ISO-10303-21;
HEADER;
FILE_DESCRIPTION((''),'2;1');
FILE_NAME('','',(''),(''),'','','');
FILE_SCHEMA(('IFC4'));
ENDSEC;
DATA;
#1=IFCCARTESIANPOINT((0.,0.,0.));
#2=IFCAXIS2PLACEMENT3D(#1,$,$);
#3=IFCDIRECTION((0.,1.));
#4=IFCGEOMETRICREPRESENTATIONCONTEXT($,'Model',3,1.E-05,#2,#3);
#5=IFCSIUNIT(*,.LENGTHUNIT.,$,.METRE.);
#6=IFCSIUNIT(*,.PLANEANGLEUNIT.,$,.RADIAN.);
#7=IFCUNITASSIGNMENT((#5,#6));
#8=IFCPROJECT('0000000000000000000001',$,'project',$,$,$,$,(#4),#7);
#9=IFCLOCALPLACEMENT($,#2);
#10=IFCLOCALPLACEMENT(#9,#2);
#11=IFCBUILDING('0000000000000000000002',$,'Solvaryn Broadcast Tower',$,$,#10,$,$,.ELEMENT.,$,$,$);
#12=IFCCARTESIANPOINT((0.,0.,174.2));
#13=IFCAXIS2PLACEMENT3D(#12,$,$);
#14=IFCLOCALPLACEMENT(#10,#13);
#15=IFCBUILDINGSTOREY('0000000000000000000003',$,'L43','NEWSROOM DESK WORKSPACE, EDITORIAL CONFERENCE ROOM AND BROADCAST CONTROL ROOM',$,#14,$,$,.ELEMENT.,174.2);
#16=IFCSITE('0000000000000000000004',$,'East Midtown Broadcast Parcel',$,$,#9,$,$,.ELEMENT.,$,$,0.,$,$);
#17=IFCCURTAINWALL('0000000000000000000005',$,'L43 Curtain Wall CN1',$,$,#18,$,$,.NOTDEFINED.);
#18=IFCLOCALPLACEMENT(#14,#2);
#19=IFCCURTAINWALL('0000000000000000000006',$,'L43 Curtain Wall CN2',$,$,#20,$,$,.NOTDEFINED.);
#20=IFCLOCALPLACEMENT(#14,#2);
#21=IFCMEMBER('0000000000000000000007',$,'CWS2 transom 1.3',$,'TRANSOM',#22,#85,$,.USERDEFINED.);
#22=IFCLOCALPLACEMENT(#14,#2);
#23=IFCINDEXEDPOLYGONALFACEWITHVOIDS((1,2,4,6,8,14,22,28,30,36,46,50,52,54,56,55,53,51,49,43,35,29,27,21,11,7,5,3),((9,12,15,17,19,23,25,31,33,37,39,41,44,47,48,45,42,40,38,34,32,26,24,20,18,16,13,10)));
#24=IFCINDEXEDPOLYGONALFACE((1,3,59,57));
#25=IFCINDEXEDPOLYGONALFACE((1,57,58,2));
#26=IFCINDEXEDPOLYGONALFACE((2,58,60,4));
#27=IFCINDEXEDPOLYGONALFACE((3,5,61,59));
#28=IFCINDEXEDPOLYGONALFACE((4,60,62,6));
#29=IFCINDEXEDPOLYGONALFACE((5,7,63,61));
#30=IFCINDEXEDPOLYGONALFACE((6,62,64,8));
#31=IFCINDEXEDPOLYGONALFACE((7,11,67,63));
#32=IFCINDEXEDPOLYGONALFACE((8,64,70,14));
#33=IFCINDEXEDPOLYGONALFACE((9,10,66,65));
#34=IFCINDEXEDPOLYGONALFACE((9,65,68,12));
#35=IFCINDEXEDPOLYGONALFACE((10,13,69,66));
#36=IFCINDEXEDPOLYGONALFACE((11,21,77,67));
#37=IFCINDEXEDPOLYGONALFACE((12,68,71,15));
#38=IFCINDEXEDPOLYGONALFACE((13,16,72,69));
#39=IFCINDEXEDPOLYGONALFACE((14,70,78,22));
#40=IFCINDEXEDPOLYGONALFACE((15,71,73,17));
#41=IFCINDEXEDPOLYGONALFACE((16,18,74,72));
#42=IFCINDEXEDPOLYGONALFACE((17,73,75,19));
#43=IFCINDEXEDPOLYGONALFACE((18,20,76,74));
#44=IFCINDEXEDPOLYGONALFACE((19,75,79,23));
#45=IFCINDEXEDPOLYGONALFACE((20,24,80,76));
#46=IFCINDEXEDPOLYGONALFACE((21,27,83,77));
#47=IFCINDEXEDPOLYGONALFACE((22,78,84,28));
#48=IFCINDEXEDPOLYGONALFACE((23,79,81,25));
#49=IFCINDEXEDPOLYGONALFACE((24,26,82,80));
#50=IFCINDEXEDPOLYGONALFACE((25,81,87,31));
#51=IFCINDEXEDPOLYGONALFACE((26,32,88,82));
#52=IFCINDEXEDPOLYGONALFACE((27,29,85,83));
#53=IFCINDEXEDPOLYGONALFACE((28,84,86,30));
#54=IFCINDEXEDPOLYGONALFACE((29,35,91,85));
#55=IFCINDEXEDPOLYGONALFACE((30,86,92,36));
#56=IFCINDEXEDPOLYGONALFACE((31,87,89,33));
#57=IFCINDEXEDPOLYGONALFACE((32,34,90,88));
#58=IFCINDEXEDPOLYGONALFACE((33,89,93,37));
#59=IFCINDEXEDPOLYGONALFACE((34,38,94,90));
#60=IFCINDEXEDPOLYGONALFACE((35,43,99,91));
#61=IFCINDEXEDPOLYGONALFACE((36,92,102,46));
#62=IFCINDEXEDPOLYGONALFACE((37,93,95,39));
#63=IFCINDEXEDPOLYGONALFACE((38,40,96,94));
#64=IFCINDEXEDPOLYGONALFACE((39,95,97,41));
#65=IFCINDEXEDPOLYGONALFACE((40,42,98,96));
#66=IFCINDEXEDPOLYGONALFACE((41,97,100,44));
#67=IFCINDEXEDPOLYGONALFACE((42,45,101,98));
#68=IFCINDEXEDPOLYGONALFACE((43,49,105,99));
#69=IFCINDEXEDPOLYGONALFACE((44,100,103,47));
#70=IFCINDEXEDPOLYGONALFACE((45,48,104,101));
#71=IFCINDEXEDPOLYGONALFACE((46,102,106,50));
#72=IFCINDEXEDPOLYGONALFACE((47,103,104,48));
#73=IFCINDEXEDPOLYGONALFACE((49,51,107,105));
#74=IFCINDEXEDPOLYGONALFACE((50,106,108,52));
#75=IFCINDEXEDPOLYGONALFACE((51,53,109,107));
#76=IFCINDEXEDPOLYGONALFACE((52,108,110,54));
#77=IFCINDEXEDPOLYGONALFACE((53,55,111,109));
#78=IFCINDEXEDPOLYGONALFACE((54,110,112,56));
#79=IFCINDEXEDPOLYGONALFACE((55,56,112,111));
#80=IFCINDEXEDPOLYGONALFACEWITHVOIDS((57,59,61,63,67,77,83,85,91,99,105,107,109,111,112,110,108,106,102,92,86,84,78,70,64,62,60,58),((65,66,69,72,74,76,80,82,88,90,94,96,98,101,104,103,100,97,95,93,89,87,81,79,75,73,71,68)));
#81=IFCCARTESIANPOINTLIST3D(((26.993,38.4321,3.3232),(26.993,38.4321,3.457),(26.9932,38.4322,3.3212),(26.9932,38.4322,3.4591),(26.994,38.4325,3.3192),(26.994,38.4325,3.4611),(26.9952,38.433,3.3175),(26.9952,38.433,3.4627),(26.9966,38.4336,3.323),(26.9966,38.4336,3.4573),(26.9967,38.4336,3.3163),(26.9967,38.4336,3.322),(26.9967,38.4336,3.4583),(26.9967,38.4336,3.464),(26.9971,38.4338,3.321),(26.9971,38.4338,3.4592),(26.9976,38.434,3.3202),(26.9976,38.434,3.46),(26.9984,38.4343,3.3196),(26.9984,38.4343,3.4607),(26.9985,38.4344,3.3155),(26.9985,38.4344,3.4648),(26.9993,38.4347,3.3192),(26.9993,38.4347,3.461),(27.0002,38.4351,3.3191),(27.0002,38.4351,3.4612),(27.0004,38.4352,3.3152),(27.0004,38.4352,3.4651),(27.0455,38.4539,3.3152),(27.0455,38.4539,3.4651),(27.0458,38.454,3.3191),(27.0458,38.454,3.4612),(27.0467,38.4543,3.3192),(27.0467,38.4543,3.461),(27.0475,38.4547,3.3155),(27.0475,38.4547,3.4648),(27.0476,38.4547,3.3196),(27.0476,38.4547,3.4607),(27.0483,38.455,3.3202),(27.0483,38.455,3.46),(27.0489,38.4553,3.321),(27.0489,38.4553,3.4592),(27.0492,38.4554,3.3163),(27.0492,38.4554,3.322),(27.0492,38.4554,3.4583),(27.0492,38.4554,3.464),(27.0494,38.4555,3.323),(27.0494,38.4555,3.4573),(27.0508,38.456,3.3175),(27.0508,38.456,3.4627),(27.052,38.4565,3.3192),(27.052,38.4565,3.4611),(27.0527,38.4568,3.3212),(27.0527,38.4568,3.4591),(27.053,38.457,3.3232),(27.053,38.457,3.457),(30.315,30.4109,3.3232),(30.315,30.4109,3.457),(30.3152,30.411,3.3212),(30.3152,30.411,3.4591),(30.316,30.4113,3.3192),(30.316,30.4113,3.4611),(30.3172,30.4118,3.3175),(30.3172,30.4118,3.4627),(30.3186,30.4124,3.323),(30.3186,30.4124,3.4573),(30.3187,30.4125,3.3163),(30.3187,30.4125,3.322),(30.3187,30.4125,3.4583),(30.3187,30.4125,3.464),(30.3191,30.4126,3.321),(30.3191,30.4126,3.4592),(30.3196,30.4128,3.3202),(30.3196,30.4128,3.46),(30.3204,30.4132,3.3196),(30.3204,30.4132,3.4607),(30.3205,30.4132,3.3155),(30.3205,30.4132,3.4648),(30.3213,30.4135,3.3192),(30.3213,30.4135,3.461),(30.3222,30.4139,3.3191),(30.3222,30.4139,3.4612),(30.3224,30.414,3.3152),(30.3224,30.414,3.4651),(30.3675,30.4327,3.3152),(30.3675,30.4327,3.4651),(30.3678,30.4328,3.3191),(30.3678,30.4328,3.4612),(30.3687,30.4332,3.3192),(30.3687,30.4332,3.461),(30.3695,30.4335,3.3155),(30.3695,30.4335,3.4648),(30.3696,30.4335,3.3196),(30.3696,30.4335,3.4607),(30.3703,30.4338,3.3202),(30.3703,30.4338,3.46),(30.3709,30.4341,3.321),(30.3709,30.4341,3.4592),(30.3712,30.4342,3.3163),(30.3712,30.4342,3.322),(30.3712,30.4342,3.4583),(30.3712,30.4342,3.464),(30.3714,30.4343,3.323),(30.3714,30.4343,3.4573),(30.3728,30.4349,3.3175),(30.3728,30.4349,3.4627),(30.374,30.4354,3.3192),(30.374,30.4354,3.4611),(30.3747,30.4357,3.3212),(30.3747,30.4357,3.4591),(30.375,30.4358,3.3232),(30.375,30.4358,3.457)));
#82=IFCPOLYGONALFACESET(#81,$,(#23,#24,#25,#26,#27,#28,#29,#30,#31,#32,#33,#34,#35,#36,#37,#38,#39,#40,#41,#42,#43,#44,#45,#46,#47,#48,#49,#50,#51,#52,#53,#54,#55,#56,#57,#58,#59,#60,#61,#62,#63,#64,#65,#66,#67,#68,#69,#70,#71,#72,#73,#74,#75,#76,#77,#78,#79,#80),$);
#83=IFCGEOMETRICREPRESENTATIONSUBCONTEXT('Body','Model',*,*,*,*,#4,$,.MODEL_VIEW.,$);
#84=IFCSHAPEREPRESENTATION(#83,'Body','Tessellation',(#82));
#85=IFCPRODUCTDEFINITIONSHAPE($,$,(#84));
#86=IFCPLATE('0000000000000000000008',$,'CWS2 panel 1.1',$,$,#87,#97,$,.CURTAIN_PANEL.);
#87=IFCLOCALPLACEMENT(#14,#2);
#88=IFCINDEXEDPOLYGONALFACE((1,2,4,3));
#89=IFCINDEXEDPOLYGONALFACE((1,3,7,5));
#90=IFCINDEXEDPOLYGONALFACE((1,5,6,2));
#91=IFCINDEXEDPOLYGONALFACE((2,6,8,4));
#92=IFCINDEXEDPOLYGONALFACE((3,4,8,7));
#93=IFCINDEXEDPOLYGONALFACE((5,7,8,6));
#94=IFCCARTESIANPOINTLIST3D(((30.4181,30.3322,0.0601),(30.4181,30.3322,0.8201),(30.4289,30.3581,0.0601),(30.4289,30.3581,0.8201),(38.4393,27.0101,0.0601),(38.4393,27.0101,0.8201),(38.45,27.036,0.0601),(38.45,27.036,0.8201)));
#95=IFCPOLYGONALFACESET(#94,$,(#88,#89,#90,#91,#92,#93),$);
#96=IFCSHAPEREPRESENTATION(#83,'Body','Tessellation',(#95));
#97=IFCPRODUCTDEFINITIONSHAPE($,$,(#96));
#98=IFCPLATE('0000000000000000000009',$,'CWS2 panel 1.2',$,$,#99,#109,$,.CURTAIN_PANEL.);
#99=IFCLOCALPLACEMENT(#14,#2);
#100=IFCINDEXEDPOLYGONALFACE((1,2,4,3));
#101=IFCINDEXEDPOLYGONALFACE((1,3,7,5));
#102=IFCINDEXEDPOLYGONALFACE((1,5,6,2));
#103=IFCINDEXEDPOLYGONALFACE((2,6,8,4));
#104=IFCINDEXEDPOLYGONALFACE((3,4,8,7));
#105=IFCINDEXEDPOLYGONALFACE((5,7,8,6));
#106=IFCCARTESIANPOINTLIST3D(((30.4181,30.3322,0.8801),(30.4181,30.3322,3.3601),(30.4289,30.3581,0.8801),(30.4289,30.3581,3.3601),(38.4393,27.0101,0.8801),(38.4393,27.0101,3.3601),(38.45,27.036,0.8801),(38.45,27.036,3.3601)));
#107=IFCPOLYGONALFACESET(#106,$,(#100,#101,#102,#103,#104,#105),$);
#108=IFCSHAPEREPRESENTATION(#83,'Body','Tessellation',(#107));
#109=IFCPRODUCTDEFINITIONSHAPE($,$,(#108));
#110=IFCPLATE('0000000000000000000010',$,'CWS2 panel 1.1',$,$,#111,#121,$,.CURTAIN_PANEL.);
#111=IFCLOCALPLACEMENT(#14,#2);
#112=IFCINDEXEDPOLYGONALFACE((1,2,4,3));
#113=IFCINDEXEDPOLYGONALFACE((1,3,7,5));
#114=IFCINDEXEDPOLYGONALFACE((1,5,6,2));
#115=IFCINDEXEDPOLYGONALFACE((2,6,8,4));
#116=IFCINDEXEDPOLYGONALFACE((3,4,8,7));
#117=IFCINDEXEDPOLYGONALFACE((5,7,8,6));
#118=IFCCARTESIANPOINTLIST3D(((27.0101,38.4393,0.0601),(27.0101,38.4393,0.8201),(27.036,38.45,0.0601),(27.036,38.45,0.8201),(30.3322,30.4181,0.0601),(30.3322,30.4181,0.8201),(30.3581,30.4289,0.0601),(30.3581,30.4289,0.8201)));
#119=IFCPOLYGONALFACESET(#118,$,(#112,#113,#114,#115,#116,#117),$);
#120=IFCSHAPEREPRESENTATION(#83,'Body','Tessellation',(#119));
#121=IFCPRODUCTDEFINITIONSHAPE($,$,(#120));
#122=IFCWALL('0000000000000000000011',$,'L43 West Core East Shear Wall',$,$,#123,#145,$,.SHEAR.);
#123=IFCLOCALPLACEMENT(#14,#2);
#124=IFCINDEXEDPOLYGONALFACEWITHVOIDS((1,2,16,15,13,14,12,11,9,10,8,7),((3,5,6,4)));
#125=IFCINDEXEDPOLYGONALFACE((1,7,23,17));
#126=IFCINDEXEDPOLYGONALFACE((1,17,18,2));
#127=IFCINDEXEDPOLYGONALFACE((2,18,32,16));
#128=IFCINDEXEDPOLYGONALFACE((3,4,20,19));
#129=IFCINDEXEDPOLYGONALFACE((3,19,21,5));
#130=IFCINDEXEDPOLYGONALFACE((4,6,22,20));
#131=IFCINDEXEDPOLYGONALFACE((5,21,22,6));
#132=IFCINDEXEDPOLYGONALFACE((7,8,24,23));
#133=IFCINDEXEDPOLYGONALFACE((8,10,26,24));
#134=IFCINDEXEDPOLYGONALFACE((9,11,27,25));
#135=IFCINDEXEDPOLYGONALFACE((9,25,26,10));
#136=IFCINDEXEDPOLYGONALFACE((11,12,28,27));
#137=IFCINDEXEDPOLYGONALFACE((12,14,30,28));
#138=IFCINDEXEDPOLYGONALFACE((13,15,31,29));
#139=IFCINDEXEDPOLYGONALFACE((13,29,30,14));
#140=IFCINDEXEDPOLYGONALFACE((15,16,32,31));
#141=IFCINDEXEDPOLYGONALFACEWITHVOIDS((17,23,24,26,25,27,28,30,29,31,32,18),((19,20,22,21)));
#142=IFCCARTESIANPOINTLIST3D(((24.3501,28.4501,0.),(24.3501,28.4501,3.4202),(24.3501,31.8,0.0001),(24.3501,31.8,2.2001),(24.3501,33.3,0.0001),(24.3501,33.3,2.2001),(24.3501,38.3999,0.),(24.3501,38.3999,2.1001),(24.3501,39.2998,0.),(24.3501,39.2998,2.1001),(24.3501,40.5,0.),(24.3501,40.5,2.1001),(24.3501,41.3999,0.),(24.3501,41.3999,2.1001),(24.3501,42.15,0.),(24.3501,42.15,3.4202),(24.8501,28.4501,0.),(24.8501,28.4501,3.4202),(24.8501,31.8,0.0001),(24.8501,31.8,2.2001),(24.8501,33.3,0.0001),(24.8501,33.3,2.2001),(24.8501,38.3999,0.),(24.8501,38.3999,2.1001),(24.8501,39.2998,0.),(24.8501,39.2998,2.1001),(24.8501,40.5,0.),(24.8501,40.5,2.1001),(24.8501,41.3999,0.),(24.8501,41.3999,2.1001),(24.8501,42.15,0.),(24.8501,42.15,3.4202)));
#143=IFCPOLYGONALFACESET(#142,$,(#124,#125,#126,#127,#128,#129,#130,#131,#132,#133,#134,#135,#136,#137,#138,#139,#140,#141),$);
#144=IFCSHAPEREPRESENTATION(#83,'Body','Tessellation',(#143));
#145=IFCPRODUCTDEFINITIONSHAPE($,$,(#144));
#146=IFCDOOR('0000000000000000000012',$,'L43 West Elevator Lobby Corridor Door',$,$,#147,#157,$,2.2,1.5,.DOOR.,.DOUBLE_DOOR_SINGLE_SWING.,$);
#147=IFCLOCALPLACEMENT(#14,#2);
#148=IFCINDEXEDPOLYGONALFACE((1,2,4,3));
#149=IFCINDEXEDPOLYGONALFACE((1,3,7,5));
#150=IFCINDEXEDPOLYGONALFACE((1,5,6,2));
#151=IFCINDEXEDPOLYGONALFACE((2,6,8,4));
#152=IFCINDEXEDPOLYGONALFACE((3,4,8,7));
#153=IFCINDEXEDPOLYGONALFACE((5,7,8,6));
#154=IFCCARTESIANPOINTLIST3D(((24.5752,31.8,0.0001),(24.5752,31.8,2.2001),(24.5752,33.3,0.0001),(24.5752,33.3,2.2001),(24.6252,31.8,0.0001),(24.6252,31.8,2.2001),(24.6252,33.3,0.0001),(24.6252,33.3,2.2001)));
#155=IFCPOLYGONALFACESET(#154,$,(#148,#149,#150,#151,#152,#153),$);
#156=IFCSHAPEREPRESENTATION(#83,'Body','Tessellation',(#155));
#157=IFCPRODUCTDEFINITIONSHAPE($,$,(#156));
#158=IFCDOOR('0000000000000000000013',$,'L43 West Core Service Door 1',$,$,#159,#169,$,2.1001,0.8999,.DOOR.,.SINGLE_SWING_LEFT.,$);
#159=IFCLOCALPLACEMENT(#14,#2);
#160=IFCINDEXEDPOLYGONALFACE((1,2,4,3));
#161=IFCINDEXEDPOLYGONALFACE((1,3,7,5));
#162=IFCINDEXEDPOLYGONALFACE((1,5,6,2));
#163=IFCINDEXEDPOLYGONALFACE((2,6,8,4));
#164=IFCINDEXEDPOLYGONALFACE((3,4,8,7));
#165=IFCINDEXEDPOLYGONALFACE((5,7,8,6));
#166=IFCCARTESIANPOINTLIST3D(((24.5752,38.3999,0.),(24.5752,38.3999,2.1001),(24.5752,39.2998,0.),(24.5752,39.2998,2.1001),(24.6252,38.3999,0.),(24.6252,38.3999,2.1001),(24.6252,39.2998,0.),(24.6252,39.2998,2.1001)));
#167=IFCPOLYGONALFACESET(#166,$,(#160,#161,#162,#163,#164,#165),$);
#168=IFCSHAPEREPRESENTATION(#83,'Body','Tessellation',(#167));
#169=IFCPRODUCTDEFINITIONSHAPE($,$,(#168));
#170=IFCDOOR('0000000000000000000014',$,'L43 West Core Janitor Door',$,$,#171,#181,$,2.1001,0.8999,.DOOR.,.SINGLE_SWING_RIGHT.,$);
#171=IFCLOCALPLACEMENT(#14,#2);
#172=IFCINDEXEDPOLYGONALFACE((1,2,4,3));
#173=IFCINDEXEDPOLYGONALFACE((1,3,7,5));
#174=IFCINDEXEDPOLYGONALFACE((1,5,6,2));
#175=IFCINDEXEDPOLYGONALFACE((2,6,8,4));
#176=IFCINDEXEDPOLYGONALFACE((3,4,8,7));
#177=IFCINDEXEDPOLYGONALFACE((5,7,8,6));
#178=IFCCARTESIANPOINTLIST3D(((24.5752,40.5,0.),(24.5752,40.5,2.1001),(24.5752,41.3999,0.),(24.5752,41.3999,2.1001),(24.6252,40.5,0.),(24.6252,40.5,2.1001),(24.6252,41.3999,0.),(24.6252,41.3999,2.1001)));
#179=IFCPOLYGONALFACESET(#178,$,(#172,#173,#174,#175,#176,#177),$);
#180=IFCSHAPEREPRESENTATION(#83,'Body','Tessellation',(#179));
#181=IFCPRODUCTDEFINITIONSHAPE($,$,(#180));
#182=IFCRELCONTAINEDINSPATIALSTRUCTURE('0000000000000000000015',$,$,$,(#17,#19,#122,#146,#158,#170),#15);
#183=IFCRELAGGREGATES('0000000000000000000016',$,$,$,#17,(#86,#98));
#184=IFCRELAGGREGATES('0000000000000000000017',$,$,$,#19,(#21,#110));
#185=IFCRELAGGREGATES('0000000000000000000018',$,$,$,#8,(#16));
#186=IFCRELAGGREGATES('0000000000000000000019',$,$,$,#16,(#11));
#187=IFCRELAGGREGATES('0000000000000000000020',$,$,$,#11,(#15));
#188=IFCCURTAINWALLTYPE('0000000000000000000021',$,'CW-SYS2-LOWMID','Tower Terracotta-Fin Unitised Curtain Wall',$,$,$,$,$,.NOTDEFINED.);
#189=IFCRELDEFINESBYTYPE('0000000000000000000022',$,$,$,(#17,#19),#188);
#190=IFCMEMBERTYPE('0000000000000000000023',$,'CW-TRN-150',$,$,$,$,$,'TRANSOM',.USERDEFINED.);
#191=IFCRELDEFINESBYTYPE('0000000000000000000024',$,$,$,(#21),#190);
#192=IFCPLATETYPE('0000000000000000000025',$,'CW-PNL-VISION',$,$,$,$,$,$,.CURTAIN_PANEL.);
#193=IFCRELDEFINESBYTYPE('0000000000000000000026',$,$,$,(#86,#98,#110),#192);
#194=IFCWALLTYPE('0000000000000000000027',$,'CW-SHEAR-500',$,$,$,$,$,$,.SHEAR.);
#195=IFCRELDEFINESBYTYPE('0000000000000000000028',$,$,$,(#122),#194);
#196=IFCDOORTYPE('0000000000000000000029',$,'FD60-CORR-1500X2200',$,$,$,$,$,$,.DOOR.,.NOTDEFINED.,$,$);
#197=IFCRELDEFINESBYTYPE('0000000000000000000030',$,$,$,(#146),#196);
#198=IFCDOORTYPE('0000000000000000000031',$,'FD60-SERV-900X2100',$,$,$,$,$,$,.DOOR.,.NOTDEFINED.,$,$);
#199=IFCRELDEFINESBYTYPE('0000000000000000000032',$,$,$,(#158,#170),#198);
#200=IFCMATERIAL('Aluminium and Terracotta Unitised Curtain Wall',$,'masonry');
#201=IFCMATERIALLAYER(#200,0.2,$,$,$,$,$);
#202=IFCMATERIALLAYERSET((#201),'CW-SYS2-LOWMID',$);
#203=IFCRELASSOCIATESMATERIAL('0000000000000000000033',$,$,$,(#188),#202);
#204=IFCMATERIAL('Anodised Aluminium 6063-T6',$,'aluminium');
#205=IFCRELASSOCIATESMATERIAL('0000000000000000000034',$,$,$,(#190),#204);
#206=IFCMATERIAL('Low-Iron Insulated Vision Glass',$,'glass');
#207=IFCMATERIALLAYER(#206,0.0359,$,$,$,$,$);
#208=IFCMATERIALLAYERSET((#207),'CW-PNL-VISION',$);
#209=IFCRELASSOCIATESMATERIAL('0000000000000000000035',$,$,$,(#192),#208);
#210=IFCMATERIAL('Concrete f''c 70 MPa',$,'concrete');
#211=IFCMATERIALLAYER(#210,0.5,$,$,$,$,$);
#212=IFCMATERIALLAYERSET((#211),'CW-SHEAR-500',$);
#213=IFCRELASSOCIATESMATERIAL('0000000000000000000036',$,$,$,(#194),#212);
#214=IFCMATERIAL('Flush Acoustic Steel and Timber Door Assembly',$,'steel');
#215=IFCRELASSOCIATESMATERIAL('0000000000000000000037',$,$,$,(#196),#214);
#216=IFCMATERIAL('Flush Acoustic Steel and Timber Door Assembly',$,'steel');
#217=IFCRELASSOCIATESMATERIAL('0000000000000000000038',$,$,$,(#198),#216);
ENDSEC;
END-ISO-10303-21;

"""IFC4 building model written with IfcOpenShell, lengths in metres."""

from ifc_helpers import new_model, si_unit, direction, frame, frame_2d, origin, origin_2d, place, context, subcontext, project, spatial, rectangle, hollow_rectangle, extrude, material, layer, layer_set, material_profile, profile_set, type_object, element, fill, aggregate, save


model = new_model("IFC4")

# Units and contexts
model_context = context("Model", 3, precision=1e-05, world=origin(), true_north=direction((0.0, 1.0)))
body_context = subcontext(model_context, "Body", "Model", "MODEL_VIEW")
ifc_project = project(units=[si_unit("LENGTHUNIT", "METRE"), si_unit("PLANEANGLEUNIT", "RADIAN")], contexts=[model_context])

# Site, building, storey
site_placement = place(None, origin())
site = spatial("IfcSite", under=ifc_project, at=site_placement, Name="East Midtown Broadcast Parcel", CompositionType="ELEMENT", RefElevation=0.0)
building_placement = place(site_placement, origin())
building = spatial("IfcBuilding", under=site, at=building_placement, Name="Solvaryn Broadcast Tower", CompositionType="ELEMENT")
storey_placement = place(building_placement, frame((0.0, 0.0, 174.2)))
storey = spatial("IfcBuildingStorey", under=building, at=storey_placement, Name="L43", Description="NEWSROOM DESK WORKSPACE, EDITORIAL CONFERENCE ROOM AND BROADCAST CONTROL ROOM", CompositionType="ELEMENT", Elevation=174.2)

# Curtain wall
ifc_material_1 = material(Name="Aluminium and Terracotta Unitised Curtain Wall", Category="masonry")
ifc_layer_1 = layer(ifc_material_1, 0.2)
ifc_layer_set_1 = layer_set([ifc_layer_1], Name="CW-SYS2-LOWMID")
curtain_wall_type = type_object("IfcCurtainWallType", Name="CW-SYS2-LOWMID", Description="Tower Terracotta-Fin Unitised Curtain Wall", PredefinedType="NOTDEFINED", material=ifc_layer_set_1)
curtain_wall_1_placement = place(storey_placement, origin())
curtain_wall_1 = element("IfcCurtainWall", 1, at=curtain_wall_1_placement, inside=storey, type_object=curtain_wall_type, Name="L43 Curtain Wall CN1", PredefinedType="NOTDEFINED")

# Curtain wall, member
curtain_wall_2_placement = place(storey_placement, origin())
curtain_wall_2 = element("IfcCurtainWall", 2, at=curtain_wall_2_placement, inside=storey, type_object=curtain_wall_type, Name="L43 Curtain Wall CN2", PredefinedType="NOTDEFINED")
ifc_material_2 = material(Name="Anodised Aluminium 6063-T6", Category="aluminium")
ifc_material_profile_1 = material_profile(ifc_material_2, hollow_rectangle(XDim=0.0649, YDim=0.1499, WallThickness=0.0039, InnerFilletRadius=0.0039, OuterFilletRadius=0.0081, at=origin_2d()))
ifc_profile_set_1 = profile_set([ifc_material_profile_1], Name="Anodised Aluminium 6063-T6")
member_type_1 = type_object("IfcMemberType", Name="CW-TRN-150", ElementType="TRANSOM", PredefinedType="USERDEFINED", material=ifc_profile_set_1)
member_1_placement = place(storey_placement, frame((30.345, 30.4233, 3.3901), z_axis=(-0.382636, 0.923899, 0.0), x_axis=(-0.923899, -0.382636, 0.0)))
member_1 = element("IfcMember", 3, at=member_1_placement, type_object=member_type_1, Name="CWS2 transom 1.3", ObjectType="TRANSOM", PredefinedType="USERDEFINED", context=body_context, shape_type="SweptSolid", body=[
    extrude(hollow_rectangle(XDim=0.0649, YDim=0.1499, WallThickness=0.0039, InnerFilletRadius=0.0039, OuterFilletRadius=0.0081, at=origin_2d()), origin(), (0.0, 0.0, 1.0), 8.6819),
])

# Plates
ifc_material_3 = material(Name="Low-Iron Insulated Vision Glass", Category="glass")
ifc_layer_2 = layer(ifc_material_3, 0.0359)
ifc_layer_set_2 = layer_set([ifc_layer_2], Name="CW-PNL-VISION")
plate_type = type_object("IfcPlateType", Name="CW-PNL-VISION", PredefinedType="CURTAIN_PANEL", material=ifc_layer_set_2)
plate_1_placement = place(storey_placement, frame((34.4341, 28.6841, 0.0601), z_axis=(0.0, 0.0, 1.0), x_axis=(-0.923895, 0.382646, 0.0)))
plate_1 = element("IfcPlate", 4, at=plate_1_placement, type_object=plate_type, Name="CWS2 panel 1.1", PredefinedType="CURTAIN_PANEL", context=body_context, shape_type="SweptSolid", body=[
    extrude(rectangle(XDim=8.6819, YDim=0.0281, at=origin_2d()), origin(), (0.0, 0.0, 1.0), 0.76),
])
plate_2_placement = place(storey_placement, frame((34.4341, 28.6841, 0.8801), z_axis=(0.0, 0.0, 1.0), x_axis=(-0.923895, 0.382646, 0.0)))
plate_2 = element("IfcPlate", 5, at=plate_2_placement, type_object=plate_type, Name="CWS2 panel 1.2", PredefinedType="CURTAIN_PANEL", context=body_context, shape_type="SweptSolid", body=[
    extrude(rectangle(XDim=8.6819, YDim=0.0281, at=origin_2d()), origin(), (0.0, 0.0, 1.0), 2.48),
])
aggregate(curtain_wall_1, [plate_1, plate_2])
plate_3_placement = place(storey_placement, frame((28.6841, 34.4341, 0.0601), z_axis=(0.0, 0.0, 1.0), x_axis=(-0.382646, 0.923895, 0.0)))
plate_3 = element("IfcPlate", 6, at=plate_3_placement, type_object=plate_type, Name="CWS2 panel 1.1", PredefinedType="CURTAIN_PANEL", context=body_context, shape_type="SweptSolid", body=[
    extrude(rectangle(XDim=8.6819, YDim=0.0281, at=origin_2d()), origin(), (0.0, 0.0, 1.0), 0.76),
])
aggregate(curtain_wall_2, [member_1, plate_3])

# Wall, openings, doors
ifc_material_4 = material(Name="Concrete f'c 70 MPa", Category="concrete")
ifc_layer_3 = layer(ifc_material_4, 0.5)
ifc_layer_set_3 = layer_set([ifc_layer_3], Name="CW-SHEAR-500")
wall_type_1 = type_object("IfcWallType", Name="CW-SHEAR-500", PredefinedType="SHEAR", material=ifc_layer_set_3)
wall_1_placement = place(storey_placement, frame((24.6001, 28.45, 0.0), z_axis=(0.0, 0.0, 1.0), x_axis=(0.0, 1.0, 0.0)))
wall_1 = element("IfcWall", 7, at=wall_1_placement, inside=storey, type_object=wall_type_1, Name="L43 West Core East Shear Wall", PredefinedType="SHEAR", context=body_context, shape_type="SweptSolid", body=[
    extrude(rectangle(XDim=13.7, YDim=0.5, at=frame_2d((6.8501, 0.0))), origin(), (0.0, 0.0, 1.0), 3.4202),
])
opening_1_placement = place(wall_1_placement, frame((3.3501, 0.0, 0.0)))
opening_1 = element("IfcOpeningElement", 8, at=opening_1_placement, cuts=wall_1, PredefinedType="OPENING", context=body_context, shape_type="SweptSolid", body=[
    extrude(rectangle(XDim=1.5, YDim=2.2, at=frame_2d((0.75, 1.1001))), frame((0.0, 0.26, 0.0), z_axis=(0.0, -1.0, 0.0), x_axis=(1.0, 0.0, 0.0)), (0.0, 0.0, 1.0), 0.52),
])
opening_2_placement = place(wall_1_placement, frame((9.95, 0.0, 0.0)))
opening_2 = element("IfcOpeningElement", 9, at=opening_2_placement, cuts=wall_1, PredefinedType="OPENING", context=body_context, shape_type="SweptSolid", body=[
    extrude(rectangle(XDim=0.8999, YDim=2.1001, at=frame_2d((0.45, 1.05))), frame((0.0, 0.26, 0.0), z_axis=(0.0, -1.0, 0.0), x_axis=(1.0, 0.0, 0.0)), (0.0, 0.0, 1.0), 0.52),
])
opening_3_placement = place(wall_1_placement, frame((12.05, 0.0, 0.0)))
opening_3 = element("IfcOpeningElement", 10, at=opening_3_placement, cuts=wall_1, PredefinedType="OPENING", context=body_context, shape_type="SweptSolid", body=[
    extrude(rectangle(XDim=0.8999, YDim=2.1001, at=frame_2d((0.45, 1.05))), frame((0.0, 0.26, 0.0), z_axis=(0.0, -1.0, 0.0), x_axis=(1.0, 0.0, 0.0)), (0.0, 0.0, 1.0), 0.52),
])
ifc_material_5 = material(Name="Flush Acoustic Steel and Timber Door Assembly", Category="steel")
door_type_1 = type_object("IfcDoorType", Name="FD60-CORR-1500X2200", OperationType="NOTDEFINED", PredefinedType="DOOR", material=ifc_material_5)
door_1_placement = place(opening_1_placement, origin())
door_1 = element("IfcDoor", 11, at=door_1_placement, inside=storey, type_object=door_type_1, Name="L43 West Elevator Lobby Corridor Door", OperationType="DOUBLE_DOOR_SINGLE_SWING", OverallHeight=2.2, OverallWidth=1.5, PredefinedType="DOOR", context=body_context, shape_type="SweptSolid", body=[
    extrude(rectangle(XDim=1.5, YDim=2.2, at=frame_2d((0.75, 1.1001))), frame((0.0, 0.0249, 0.0), z_axis=(0.0, -1.0, 0.0), x_axis=(1.0, 0.0, 0.0)), (0.0, 0.0, 1.0), 0.05),
])
fill(opening_1, door_1)
ifc_material_6 = material(Name="Flush Acoustic Steel and Timber Door Assembly", Category="steel")
door_type_2 = type_object("IfcDoorType", Name="FD60-SERV-900X2100", OperationType="NOTDEFINED", PredefinedType="DOOR", material=ifc_material_6)
door_2_placement = place(opening_2_placement, origin())
door_2 = element("IfcDoor", 12, at=door_2_placement, inside=storey, type_object=door_type_2, Name="L43 West Core Service Door 1", OperationType="SINGLE_SWING_LEFT", OverallHeight=2.1001, OverallWidth=0.8999, PredefinedType="DOOR", context=body_context, shape_type="SweptSolid", body=[
    extrude(rectangle(XDim=0.8999, YDim=2.1001, at=frame_2d((0.45, 1.05))), frame((0.0, 0.0249, 0.0), z_axis=(0.0, -1.0, 0.0), x_axis=(1.0, 0.0, 0.0)), (0.0, 0.0, 1.0), 0.05),
])
fill(opening_2, door_2)
door_3_placement = place(opening_3_placement, origin())
door_3 = element("IfcDoor", 13, at=door_3_placement, inside=storey, type_object=door_type_2, Name="L43 West Core Janitor Door", OperationType="SINGLE_SWING_RIGHT", OverallHeight=2.1001, OverallWidth=0.8999, PredefinedType="DOOR", context=body_context, shape_type="SweptSolid", body=[
    extrude(rectangle(XDim=0.8999, YDim=2.1001, at=frame_2d((0.45, 1.05))), frame((0.0, 0.0249, 0.0), z_axis=(0.0, -1.0, 0.0), x_axis=(1.0, 0.0, 0.0)), (0.0, 0.0, 1.0), 0.05),
])
fill(opening_3, door_3)

save(model, "model.ifc")
